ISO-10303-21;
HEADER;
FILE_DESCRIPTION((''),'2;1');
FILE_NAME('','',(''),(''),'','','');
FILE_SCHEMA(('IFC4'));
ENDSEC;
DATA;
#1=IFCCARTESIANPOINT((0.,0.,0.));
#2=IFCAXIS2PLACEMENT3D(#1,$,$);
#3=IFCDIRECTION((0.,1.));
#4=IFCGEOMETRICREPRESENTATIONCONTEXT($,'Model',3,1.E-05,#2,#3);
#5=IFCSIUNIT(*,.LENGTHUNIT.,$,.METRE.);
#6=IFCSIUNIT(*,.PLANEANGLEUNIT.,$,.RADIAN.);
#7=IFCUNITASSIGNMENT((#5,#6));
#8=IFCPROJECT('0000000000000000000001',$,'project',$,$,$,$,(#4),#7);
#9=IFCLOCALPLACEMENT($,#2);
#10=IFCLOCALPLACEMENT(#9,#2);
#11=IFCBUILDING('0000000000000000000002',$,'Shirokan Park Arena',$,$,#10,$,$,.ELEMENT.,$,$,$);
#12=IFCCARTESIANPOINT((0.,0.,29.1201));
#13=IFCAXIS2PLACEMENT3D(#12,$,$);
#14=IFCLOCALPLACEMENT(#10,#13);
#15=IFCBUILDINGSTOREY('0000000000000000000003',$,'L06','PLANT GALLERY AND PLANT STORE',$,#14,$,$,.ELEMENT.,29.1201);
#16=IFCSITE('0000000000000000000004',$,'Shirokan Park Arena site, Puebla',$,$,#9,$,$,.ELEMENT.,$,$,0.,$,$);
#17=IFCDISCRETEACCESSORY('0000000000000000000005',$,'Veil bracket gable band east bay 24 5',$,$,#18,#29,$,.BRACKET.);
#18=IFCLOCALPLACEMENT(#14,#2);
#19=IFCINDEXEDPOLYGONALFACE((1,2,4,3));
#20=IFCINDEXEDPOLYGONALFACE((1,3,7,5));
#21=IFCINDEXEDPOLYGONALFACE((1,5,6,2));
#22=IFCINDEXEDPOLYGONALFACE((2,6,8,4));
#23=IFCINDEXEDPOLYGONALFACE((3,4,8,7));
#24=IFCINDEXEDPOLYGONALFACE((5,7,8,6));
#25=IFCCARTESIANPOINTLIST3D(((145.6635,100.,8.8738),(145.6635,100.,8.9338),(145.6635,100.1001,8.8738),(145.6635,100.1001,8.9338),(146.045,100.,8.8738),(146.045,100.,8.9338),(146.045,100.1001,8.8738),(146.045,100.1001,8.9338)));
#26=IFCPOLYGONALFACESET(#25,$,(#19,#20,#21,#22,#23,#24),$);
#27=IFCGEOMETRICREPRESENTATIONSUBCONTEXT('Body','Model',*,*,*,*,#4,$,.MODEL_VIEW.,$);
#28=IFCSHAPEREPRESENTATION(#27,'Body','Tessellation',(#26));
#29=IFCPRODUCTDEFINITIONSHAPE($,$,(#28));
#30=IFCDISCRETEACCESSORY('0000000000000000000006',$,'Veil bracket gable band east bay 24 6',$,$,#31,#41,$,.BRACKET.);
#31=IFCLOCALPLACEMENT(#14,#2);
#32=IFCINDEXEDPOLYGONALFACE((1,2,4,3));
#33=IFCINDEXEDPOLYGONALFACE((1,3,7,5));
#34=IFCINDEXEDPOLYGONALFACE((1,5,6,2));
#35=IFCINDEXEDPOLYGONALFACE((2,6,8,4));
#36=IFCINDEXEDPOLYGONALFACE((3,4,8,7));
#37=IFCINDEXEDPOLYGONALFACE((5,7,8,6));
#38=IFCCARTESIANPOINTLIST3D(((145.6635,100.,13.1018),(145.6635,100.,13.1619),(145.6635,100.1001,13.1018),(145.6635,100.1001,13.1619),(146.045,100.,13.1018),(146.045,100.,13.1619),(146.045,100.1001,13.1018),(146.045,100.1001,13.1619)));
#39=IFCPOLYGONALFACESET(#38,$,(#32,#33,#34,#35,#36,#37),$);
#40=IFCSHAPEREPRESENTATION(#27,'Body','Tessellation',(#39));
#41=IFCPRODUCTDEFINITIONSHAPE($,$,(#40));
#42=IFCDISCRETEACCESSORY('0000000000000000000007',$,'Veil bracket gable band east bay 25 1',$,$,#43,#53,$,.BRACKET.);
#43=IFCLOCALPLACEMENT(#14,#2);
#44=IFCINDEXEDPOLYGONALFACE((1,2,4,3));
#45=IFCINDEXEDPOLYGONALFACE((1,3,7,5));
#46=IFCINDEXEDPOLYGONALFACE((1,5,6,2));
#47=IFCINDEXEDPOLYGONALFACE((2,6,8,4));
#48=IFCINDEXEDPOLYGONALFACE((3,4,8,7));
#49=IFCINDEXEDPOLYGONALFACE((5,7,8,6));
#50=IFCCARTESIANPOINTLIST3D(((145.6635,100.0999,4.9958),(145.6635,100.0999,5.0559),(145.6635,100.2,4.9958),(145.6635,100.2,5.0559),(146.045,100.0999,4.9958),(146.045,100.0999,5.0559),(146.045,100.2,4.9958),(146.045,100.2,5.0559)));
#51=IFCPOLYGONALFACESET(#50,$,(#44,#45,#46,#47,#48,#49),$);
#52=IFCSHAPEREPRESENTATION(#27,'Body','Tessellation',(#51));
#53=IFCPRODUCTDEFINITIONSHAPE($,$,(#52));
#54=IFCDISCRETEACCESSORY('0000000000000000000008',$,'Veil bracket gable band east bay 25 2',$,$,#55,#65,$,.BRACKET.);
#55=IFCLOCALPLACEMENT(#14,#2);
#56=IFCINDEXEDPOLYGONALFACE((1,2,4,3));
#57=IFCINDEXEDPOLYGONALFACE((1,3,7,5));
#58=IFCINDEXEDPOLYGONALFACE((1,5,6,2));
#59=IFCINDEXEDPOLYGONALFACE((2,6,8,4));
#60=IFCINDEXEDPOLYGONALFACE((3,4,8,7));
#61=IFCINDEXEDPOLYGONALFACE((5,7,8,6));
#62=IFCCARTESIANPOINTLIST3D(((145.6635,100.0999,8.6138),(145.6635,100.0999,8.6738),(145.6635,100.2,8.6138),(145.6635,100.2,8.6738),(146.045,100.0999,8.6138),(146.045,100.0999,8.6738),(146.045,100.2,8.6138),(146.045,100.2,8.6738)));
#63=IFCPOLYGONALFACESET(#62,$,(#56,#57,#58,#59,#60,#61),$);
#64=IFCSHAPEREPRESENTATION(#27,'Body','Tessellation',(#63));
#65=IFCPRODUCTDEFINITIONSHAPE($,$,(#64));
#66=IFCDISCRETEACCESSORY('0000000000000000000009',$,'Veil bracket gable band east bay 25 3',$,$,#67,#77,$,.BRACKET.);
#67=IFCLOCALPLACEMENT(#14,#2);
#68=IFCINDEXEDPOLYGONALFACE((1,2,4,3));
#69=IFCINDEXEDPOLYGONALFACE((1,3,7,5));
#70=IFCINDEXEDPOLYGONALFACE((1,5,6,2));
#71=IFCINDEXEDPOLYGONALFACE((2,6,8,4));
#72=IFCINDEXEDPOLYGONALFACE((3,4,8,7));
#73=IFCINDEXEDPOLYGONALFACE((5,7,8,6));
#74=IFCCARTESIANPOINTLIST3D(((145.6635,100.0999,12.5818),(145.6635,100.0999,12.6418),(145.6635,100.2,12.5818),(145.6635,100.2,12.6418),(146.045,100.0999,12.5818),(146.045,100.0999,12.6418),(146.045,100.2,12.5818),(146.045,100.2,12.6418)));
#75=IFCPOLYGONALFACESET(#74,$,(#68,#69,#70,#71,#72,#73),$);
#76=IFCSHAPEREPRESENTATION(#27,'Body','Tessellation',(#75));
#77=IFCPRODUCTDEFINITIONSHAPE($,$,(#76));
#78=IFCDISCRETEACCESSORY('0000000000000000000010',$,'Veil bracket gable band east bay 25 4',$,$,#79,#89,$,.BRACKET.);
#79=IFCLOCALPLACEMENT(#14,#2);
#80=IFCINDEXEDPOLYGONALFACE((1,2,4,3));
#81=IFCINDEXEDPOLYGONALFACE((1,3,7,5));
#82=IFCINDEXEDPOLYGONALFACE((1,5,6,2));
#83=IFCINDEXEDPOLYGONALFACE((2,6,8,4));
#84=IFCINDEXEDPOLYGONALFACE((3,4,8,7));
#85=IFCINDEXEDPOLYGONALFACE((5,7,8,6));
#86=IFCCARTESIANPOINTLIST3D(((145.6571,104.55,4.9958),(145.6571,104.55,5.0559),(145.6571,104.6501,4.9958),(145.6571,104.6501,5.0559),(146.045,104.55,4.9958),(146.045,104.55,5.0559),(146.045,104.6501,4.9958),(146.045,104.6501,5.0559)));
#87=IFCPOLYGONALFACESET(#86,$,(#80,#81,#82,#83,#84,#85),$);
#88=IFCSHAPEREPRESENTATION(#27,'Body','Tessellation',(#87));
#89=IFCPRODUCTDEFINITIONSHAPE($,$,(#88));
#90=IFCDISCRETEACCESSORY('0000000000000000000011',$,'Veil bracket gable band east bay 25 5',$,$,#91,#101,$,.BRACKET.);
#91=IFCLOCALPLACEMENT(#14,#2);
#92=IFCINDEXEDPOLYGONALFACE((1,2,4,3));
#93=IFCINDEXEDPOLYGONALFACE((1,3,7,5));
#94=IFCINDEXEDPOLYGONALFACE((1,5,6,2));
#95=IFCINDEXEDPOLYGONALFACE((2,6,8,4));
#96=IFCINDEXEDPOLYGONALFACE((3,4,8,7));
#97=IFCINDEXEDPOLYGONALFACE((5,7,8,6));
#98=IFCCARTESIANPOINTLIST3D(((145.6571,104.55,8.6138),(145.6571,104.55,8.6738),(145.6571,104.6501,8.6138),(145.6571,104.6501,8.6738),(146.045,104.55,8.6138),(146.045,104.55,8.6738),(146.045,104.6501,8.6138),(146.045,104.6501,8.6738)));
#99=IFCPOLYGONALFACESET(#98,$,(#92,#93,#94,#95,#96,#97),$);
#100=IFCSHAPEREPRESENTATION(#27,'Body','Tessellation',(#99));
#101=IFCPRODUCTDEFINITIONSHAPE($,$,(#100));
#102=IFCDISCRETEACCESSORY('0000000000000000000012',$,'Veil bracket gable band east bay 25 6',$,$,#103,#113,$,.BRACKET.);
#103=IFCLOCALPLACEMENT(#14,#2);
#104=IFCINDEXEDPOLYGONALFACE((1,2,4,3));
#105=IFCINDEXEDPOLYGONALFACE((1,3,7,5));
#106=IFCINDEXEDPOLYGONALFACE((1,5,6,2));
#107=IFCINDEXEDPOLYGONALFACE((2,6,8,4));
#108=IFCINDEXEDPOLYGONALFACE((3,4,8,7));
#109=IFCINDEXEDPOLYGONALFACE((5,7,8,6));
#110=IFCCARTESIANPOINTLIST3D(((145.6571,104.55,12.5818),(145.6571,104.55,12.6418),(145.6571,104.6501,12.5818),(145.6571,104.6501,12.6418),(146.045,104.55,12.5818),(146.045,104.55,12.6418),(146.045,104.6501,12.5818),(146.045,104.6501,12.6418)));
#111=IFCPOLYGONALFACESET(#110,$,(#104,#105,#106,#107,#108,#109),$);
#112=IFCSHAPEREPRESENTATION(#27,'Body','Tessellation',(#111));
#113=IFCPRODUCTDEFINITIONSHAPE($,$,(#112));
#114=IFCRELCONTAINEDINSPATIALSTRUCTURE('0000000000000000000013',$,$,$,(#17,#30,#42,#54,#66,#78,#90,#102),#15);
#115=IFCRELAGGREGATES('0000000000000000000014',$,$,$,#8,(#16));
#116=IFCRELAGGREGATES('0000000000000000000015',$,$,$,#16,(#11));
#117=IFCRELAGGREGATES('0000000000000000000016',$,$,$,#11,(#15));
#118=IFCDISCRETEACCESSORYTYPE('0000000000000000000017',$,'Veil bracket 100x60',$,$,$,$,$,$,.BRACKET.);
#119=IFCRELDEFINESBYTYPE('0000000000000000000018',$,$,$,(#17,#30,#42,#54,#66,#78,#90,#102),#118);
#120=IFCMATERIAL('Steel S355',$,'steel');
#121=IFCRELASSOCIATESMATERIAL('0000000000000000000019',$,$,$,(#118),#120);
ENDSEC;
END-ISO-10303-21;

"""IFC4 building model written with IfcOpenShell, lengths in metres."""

from ifc_helpers import new_model, si_unit, direction, frame, origin, origin_2d, place, context, subcontext, project, spatial, rectangle, extrude, material, type_object, element, save


model = new_model("IFC4")

# Units and contexts
model_context = context("Model", 3, precision=1e-05, world=origin(), true_north=direction((0.0, 1.0)))
body_context = subcontext(model_context, "Body", "Model", "MODEL_VIEW")
ifc_project = project(units=[si_unit("LENGTHUNIT", "METRE"), si_unit("PLANEANGLEUNIT", "RADIAN")], contexts=[model_context])

# Site, building, storey
site_placement = place(None, origin())
site = spatial("IfcSite", under=ifc_project, at=site_placement, Name="Shirokan Park Arena site, Puebla", CompositionType="ELEMENT", RefElevation=0.0)
building_placement = place(site_placement, origin())
building = spatial("IfcBuilding", under=site, at=building_placement, Name="Shirokan Park Arena", CompositionType="ELEMENT")
storey_placement = place(building_placement, frame((0.0, 0.0, 29.1201)))
storey = spatial("IfcBuildingStorey", under=building, at=storey_placement, Name="L06", Description="PLANT GALLERY AND PLANT STORE", CompositionType="ELEMENT", Elevation=29.1201)

# Discrete accessories
ifc_material_1 = material(Name="Steel S355", Category="steel")
discrete_accessory_type = type_object("IfcDiscreteAccessoryType", Name="Veil bracket 100x60", PredefinedType="BRACKET", material=ifc_material_1)
for number, where, z_axis, x_axis, name in (
    (1, (145.8542, 100.05, 8.8738), (0.0, 0.0, 1.0), (1.0, 0.0, 0.0), "Veil bracket gable band east bay 24 5"),
    (2, (145.8542, 100.05, 13.1018), (0.0, 0.0, 1.0), (1.0, 0.0, 0.0), "Veil bracket gable band east bay 24 6"),
    (3, (145.8542, 100.1499, 4.9958), (0.0, 0.0, 1.0), (1.0, 0.0, 0.0), "Veil bracket gable band east bay 25 1"),
    (4, (145.8542, 100.1499, 8.6138), (0.0, 0.0, 1.0), (1.0, 0.0, 0.0), "Veil bracket gable band east bay 25 2"),
    (5, (145.8542, 100.1499, 12.5818), (0.0, 0.0, 1.0), (1.0, 0.0, 0.0), "Veil bracket gable band east bay 25 3"),
):
    element("IfcDiscreteAccessory", number, at=place(storey_placement, frame(where, z_axis=z_axis, x_axis=x_axis)), inside=storey, type_object=discrete_accessory_type, Name=name, PredefinedType="BRACKET", context=body_context, shape_type="SweptSolid", body=[
        extrude(rectangle(XDim=0.3816, YDim=0.1001, at=origin_2d()), origin(), (0.0, 0.0, 1.0), 0.0601),
    ])
for number, where, z_axis, x_axis, name in (
    (6, (145.8511, 104.6001, 4.9958), (0.0, 0.0, 1.0), (1.0, 0.0, 0.0), "Veil bracket gable band east bay 25 4"),
    (7, (145.8511, 104.6001, 8.6138), (0.0, 0.0, 1.0), (1.0, 0.0, 0.0), "Veil bracket gable band east bay 25 5"),
    (8, (145.8511, 104.6001, 12.5818), (0.0, 0.0, 1.0), (1.0, 0.0, 0.0), "Veil bracket gable band east bay 25 6"),
):
    element("IfcDiscreteAccessory", number, at=place(storey_placement, frame(where, z_axis=z_axis, x_axis=x_axis)), inside=storey, type_object=discrete_accessory_type, Name=name, PredefinedType="BRACKET", context=body_context, shape_type="SweptSolid", body=[
        extrude(rectangle(XDim=0.3879, YDim=0.1001, at=origin_2d()), origin(), (0.0, 0.0, 1.0), 0.0601),
    ])

save(model, "model.ifc")
